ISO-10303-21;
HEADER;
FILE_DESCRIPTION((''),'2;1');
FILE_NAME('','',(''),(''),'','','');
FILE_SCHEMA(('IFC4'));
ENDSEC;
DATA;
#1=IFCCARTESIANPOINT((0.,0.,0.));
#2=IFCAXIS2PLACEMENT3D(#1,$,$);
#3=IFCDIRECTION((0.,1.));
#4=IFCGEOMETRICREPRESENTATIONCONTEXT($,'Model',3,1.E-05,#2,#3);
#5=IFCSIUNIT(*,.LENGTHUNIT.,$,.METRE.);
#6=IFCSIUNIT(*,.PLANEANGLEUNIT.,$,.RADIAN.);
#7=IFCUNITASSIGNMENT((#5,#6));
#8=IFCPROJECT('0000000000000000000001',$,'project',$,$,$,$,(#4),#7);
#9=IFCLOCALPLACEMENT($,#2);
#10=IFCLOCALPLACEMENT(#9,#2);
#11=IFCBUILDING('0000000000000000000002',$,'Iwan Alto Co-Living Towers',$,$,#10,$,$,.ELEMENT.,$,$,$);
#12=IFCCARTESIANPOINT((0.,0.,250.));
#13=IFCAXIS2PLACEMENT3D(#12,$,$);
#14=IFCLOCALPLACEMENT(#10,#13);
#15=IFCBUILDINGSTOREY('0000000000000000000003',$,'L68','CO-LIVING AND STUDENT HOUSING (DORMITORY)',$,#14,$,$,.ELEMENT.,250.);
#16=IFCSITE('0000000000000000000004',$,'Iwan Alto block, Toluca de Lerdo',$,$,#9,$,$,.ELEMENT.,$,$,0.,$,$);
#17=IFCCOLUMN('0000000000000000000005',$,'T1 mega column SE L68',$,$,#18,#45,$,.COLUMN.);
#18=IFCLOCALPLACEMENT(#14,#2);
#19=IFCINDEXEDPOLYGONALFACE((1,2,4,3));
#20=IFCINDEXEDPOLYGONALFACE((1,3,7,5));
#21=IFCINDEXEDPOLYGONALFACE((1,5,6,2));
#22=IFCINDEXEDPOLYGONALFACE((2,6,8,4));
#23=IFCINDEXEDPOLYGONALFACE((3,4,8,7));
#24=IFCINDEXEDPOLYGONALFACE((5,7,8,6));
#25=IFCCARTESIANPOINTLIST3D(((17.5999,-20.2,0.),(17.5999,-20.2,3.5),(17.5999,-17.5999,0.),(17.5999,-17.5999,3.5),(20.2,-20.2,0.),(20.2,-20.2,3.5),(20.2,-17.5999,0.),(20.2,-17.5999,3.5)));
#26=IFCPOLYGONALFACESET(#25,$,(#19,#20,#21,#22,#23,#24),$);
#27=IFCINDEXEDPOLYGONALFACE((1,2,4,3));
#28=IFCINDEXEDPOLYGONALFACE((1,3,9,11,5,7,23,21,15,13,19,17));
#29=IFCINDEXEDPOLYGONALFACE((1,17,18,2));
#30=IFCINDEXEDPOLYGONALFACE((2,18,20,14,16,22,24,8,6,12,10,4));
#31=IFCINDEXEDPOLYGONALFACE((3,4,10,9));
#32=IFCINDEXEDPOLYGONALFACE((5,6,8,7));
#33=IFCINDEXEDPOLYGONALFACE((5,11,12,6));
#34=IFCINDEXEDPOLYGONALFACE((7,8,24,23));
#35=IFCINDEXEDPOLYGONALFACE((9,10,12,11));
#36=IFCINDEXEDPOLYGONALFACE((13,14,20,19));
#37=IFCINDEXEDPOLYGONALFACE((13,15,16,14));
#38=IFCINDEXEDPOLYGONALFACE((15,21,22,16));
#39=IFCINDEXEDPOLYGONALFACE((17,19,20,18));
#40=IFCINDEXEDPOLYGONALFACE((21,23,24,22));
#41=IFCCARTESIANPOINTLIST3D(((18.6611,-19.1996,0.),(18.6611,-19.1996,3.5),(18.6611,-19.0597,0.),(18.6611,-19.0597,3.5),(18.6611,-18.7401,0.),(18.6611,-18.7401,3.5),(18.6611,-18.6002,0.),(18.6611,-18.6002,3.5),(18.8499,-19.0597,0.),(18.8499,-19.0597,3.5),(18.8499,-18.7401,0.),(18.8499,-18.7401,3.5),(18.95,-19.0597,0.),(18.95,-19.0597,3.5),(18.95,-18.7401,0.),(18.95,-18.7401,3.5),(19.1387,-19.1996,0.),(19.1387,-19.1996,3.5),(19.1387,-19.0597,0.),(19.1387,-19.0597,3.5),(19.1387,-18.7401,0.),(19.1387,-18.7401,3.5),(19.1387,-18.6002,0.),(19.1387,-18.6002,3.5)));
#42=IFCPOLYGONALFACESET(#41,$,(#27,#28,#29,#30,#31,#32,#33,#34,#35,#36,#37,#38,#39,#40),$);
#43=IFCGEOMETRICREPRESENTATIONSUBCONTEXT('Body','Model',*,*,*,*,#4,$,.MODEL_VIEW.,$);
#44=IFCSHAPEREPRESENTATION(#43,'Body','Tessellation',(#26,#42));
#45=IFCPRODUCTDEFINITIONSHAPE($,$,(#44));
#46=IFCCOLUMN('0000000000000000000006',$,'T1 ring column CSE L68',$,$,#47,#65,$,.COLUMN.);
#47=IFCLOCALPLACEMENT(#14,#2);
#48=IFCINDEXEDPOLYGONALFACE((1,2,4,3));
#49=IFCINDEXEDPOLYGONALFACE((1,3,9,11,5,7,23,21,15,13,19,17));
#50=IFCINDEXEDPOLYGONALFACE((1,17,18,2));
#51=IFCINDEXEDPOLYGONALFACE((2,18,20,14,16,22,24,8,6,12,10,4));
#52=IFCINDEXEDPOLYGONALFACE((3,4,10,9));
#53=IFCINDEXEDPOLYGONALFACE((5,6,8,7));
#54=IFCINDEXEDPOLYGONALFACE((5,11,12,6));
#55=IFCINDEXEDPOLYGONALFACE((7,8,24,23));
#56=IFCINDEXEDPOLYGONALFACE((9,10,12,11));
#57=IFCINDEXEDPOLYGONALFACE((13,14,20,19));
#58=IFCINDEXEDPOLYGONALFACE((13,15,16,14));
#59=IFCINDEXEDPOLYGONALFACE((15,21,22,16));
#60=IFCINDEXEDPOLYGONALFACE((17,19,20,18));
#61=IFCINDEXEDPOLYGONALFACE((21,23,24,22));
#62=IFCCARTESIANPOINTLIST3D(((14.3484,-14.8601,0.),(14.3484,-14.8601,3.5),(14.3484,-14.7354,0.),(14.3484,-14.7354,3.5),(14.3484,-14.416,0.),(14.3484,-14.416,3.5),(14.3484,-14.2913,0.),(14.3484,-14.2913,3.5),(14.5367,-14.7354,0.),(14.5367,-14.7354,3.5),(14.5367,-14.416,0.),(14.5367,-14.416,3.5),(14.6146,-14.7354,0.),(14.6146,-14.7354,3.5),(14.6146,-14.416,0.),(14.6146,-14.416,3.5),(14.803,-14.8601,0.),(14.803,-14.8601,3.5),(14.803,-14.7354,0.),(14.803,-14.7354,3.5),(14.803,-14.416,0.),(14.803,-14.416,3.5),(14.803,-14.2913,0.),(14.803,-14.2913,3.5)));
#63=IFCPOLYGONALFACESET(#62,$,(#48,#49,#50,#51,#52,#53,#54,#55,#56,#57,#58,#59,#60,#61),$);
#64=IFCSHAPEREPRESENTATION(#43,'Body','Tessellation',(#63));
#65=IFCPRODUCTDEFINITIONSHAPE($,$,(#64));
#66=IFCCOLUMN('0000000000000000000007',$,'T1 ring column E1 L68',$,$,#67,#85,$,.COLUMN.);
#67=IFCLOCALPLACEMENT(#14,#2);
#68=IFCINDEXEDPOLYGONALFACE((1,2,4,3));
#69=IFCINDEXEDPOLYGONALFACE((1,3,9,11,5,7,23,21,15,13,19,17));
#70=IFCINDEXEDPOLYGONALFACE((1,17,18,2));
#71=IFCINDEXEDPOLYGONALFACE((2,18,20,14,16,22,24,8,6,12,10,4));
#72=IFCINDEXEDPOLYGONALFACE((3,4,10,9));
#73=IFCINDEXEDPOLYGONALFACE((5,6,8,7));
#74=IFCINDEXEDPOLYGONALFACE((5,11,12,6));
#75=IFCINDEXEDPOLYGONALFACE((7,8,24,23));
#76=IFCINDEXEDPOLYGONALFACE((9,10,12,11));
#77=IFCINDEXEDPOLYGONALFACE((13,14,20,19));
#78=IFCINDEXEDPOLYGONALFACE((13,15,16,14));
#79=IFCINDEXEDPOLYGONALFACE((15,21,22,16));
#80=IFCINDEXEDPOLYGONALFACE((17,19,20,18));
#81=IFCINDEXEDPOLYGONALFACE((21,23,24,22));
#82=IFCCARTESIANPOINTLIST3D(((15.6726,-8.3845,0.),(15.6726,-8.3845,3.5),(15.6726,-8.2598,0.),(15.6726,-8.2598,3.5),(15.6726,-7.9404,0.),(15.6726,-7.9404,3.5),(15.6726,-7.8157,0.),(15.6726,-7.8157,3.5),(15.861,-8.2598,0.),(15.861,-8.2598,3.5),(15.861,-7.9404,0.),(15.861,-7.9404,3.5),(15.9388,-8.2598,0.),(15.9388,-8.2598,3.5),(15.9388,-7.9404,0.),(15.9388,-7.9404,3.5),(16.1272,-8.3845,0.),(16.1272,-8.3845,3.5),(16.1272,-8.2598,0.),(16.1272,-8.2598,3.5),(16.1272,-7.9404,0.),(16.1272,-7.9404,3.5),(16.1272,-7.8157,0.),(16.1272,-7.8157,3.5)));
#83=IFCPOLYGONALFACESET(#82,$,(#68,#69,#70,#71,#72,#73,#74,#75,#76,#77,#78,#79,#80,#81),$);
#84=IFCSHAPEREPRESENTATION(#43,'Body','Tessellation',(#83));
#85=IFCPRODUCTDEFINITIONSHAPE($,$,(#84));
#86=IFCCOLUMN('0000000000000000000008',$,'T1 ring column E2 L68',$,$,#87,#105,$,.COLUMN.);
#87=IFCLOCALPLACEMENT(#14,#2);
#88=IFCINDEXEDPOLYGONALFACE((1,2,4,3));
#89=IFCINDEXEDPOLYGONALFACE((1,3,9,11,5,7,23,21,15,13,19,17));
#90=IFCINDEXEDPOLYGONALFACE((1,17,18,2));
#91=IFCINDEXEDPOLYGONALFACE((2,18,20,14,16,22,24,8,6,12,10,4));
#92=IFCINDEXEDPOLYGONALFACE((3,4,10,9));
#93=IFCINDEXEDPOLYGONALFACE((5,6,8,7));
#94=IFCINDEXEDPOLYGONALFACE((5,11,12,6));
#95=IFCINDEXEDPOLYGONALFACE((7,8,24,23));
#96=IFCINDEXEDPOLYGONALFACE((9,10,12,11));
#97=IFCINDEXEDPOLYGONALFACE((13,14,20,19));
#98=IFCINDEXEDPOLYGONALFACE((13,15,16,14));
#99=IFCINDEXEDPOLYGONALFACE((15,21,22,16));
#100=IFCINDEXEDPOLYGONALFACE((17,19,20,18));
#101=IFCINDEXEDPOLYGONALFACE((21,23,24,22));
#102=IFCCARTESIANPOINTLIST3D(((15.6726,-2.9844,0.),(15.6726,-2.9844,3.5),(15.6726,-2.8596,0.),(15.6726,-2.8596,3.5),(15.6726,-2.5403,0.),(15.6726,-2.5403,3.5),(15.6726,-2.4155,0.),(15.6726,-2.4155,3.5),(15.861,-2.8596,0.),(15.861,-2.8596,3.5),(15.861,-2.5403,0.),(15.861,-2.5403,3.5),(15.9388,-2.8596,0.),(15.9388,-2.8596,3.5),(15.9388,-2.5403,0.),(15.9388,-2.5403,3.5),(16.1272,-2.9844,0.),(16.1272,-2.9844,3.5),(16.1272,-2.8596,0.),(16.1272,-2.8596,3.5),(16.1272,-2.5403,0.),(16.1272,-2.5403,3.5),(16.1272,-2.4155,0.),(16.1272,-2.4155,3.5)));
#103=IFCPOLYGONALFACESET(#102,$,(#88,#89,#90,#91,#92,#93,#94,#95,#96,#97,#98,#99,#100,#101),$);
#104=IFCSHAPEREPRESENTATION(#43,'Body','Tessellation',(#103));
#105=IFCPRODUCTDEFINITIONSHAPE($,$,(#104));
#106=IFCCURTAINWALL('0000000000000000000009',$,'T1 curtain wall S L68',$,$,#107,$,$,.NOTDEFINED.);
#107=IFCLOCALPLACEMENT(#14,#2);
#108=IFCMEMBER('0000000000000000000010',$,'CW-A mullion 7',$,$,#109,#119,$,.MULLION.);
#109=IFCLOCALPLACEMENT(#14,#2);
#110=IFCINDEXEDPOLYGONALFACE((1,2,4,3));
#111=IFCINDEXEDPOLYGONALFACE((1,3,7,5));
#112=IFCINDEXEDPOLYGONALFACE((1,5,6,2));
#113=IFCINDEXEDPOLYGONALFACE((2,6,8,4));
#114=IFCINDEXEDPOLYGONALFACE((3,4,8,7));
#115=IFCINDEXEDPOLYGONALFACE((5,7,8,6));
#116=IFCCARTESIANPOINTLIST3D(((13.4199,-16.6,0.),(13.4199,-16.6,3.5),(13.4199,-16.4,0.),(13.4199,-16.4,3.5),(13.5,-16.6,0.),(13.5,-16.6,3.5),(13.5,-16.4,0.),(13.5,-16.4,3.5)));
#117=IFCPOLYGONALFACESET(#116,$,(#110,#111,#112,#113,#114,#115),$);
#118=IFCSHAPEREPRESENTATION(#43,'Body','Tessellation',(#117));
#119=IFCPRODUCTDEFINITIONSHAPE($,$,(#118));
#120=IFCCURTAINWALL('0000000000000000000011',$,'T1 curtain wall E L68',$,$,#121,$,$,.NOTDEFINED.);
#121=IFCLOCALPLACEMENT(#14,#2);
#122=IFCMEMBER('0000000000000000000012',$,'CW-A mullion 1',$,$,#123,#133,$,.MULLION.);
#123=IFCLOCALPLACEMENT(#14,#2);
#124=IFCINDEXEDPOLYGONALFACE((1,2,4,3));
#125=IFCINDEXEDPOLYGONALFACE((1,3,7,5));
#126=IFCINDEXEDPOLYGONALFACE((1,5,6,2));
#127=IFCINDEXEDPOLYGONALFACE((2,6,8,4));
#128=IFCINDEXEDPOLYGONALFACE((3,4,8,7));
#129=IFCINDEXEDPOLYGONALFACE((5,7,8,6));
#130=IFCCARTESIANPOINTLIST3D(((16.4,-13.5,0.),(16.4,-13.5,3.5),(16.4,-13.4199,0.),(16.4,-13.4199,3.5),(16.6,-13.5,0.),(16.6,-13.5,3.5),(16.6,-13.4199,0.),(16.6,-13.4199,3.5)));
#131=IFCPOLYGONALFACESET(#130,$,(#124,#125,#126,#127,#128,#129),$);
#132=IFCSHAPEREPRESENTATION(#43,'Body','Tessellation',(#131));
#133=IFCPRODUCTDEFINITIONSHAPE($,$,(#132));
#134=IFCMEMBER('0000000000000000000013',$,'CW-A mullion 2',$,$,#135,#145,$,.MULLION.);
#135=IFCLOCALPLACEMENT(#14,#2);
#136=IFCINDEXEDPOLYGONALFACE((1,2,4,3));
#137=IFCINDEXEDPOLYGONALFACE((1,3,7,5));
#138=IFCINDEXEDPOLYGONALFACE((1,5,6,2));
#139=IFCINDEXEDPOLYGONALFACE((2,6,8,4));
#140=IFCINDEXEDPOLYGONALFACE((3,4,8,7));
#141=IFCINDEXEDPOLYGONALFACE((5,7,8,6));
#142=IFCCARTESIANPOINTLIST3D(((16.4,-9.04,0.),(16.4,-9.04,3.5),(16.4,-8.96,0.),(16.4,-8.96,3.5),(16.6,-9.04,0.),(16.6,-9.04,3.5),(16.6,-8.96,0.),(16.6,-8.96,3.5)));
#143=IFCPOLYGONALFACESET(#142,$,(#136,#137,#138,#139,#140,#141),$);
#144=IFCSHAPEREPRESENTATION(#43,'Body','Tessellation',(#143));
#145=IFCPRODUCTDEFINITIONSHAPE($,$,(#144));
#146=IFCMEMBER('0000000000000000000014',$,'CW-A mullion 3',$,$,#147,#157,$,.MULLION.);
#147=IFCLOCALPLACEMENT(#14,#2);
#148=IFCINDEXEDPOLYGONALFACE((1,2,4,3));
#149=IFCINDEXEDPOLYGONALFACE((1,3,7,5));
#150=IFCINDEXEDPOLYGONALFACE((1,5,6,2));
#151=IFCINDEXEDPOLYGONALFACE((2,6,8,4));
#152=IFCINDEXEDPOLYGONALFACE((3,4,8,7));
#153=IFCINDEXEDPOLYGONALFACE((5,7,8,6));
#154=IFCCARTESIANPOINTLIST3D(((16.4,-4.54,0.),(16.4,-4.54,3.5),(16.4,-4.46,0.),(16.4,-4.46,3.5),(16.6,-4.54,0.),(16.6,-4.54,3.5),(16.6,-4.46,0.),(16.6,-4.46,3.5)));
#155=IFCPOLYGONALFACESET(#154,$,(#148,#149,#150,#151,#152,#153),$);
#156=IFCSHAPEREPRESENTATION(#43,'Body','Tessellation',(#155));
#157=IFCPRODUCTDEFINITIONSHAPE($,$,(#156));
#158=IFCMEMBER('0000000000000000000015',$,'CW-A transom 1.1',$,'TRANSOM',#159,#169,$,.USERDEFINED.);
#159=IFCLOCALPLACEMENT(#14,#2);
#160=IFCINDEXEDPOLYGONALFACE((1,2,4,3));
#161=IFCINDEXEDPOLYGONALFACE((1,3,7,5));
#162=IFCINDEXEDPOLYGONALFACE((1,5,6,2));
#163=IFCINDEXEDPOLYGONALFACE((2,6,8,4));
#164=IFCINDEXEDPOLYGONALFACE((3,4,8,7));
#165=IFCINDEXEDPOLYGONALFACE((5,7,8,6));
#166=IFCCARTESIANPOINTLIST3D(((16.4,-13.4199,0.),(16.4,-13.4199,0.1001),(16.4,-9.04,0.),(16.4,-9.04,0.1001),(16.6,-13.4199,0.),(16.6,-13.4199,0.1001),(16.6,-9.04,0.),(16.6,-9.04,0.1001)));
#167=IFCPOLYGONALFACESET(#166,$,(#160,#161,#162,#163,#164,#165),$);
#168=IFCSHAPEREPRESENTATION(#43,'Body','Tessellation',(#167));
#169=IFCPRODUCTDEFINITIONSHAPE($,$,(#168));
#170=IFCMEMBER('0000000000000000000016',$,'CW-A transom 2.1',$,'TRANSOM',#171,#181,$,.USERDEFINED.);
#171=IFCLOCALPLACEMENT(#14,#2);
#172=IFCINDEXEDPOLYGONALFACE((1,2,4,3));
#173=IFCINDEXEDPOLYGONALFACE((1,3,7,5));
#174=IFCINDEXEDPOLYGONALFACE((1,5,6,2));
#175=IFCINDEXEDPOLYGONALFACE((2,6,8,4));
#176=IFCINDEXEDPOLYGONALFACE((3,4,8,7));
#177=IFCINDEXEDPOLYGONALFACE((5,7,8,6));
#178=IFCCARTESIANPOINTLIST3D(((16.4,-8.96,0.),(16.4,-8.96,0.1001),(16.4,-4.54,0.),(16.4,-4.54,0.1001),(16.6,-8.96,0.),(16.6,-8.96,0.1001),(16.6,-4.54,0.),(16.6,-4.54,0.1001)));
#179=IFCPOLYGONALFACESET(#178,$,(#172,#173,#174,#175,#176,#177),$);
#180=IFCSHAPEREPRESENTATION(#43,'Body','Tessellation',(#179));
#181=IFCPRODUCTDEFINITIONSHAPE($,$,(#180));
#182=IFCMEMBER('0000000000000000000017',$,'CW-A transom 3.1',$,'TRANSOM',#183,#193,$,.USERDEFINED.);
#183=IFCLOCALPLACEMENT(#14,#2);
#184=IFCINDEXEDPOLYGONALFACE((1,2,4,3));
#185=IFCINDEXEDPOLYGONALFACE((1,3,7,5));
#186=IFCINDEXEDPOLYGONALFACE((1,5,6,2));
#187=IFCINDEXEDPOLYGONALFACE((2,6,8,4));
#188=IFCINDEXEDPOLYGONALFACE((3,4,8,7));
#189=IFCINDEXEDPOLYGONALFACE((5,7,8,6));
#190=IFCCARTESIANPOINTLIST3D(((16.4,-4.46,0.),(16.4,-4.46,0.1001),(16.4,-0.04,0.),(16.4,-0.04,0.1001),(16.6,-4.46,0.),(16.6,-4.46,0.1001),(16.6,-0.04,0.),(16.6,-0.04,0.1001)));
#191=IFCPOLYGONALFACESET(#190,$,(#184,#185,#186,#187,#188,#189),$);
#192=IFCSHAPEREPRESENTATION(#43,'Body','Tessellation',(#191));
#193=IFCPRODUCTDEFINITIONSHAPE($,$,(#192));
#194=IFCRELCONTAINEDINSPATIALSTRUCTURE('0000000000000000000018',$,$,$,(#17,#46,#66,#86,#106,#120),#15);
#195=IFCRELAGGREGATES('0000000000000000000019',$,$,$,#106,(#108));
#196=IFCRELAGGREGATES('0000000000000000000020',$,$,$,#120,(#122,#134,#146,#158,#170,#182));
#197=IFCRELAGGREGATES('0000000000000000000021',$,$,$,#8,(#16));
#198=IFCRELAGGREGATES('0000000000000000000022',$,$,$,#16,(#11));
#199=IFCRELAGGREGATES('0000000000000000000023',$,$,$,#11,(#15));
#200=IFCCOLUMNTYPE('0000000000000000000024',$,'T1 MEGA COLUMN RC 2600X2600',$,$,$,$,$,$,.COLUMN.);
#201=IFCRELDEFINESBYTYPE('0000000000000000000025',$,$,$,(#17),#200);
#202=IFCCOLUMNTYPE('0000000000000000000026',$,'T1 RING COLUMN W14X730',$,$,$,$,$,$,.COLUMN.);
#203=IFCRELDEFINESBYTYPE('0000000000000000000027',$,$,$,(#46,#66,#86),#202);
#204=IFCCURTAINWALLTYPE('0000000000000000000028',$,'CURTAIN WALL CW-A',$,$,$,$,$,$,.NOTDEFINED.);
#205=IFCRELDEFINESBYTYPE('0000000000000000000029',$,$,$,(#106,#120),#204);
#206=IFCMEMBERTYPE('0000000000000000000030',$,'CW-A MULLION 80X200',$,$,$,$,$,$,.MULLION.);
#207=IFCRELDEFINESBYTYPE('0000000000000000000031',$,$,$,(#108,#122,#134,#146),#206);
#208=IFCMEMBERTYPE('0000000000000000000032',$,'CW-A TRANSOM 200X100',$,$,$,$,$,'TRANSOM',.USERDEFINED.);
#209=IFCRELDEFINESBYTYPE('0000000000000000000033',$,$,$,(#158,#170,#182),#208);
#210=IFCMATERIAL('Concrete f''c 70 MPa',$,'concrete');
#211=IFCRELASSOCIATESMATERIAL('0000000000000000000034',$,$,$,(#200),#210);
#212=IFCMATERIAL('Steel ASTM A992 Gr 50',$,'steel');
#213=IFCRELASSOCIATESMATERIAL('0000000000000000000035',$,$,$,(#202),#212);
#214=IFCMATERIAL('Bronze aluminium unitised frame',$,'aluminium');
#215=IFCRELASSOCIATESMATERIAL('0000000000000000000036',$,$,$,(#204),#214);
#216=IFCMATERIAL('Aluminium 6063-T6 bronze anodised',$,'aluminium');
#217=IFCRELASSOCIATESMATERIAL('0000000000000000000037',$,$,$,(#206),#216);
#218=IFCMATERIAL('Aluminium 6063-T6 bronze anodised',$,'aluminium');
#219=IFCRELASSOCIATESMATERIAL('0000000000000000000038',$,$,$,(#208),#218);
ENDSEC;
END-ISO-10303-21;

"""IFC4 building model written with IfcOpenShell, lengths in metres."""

from ifc_helpers import new_model, si_unit, direction, frame, origin, origin_2d, place, context, subcontext, project, spatial, rectangle, i_section, extrude, material, material_profile, profile_set, type_object, element, aggregate, save


model = new_model("IFC4")

# Units and contexts
model_context = context("Model", 3, precision=1e-05, world=origin(), true_north=direction((0.0, 1.0)))
body_context = subcontext(model_context, "Body", "Model", "MODEL_VIEW")
ifc_project = project(units=[si_unit("LENGTHUNIT", "METRE"), si_unit("PLANEANGLEUNIT", "RADIAN")], contexts=[model_context])

# Site, building, storey
site_placement = place(None, origin())
site = spatial("IfcSite", under=ifc_project, at=site_placement, Name="Iwan Alto block, Toluca de Lerdo", CompositionType="ELEMENT", RefElevation=0.0)
building_placement = place(site_placement, origin())
building = spatial("IfcBuilding", under=site, at=building_placement, Name="Iwan Alto Co-Living Towers", CompositionType="ELEMENT")
storey_placement = place(building_placement, frame((0.0, 0.0, 250.0)))
storey = spatial("IfcBuildingStorey", under=building, at=storey_placement, Name="L68", Description="CO-LIVING AND STUDENT HOUSING (DORMITORY)", CompositionType="ELEMENT", Elevation=250.0)

# Columns
ifc_material_1 = material(Name="Concrete f'c 70 MPa", Category="concrete")
ifc_material_profile_1 = material_profile(ifc_material_1, rectangle(XDim=2.6001, YDim=2.6001, at=origin_2d()), Name="RC 2600X2600")
ifc_profile_set_1 = profile_set([ifc_material_profile_1], Name="Concrete f'c 70 MPa")
column_type_1 = type_object("IfcColumnType", Name="T1 MEGA COLUMN RC 2600X2600", PredefinedType="COLUMN", material=ifc_profile_set_1)
column_placement = place(storey_placement, frame((18.8999, -18.8999, 0.0), z_axis=(0.0, 0.0, 1.0), x_axis=(1.0, 0.0, 0.0)))
element("IfcColumn", 1, at=column_placement, inside=storey, type_object=column_type_1, Name="T1 mega column SE L68", PredefinedType="COLUMN", context=body_context, shape_type="SweptSolid", body=[
    extrude(rectangle(XDim=2.6001, YDim=2.6001, at=origin_2d()), origin(), (0.0, 0.0, 1.0), 3.5),
    extrude(i_section(OverallWidth=0.4775, OverallDepth=0.5994, WebThickness=0.1001, FlangeThickness=0.1399, at=origin_2d()), origin(), (0.0, 0.0, 1.0), 3.5),
])
ifc_material_2 = material(Name="Steel ASTM A992 Gr 50", Category="steel")
ifc_material_profile_2 = material_profile(ifc_material_2, i_section(OverallWidth=0.4546, OverallDepth=0.5688, WebThickness=0.0779, FlangeThickness=0.1248, at=origin_2d()), Name="W14X730")
ifc_profile_set_2 = profile_set([ifc_material_profile_2], Name="Steel ASTM A992 Gr 50")
column_type_2 = type_object("IfcColumnType", Name="T1 RING COLUMN W14X730", PredefinedType="COLUMN", material=ifc_profile_set_2)
for number, where, z_axis, x_axis, name in (
    (2, (14.5757, -14.5757, 0.0), (0.0, 0.0, 1.0), (1.0, 0.0, 0.0), "T1 ring column CSE L68"),
    (3, (15.8999, -8.1001, 0.0), (0.0, 0.0, 1.0), (1.0, 0.0, 0.0), "T1 ring column E1 L68"),
    (4, (15.8999, -2.7, 0.0), (0.0, 0.0, 1.0), (1.0, 0.0, 0.0), "T1 ring column E2 L68"),
):
    element("IfcColumn", number, at=place(storey_placement, frame(where, z_axis=z_axis, x_axis=x_axis)), inside=storey, type_object=column_type_2, Name=name, PredefinedType="COLUMN", context=body_context, shape_type="SweptSolid", body=[
        extrude(i_section(OverallWidth=0.4546, OverallDepth=0.5688, WebThickness=0.0779, FlangeThickness=0.1248, at=origin_2d()), origin(), (0.0, 0.0, 1.0), 3.5),
    ])

# Curtain wall, member
ifc_material_3 = material(Name="Bronze aluminium unitised frame", Category="aluminium")
curtain_wall_type_1 = type_object("IfcCurtainWallType", Name="CURTAIN WALL CW-A", PredefinedType="NOTDEFINED", material=ifc_material_3)
curtain_wall_1_placement = place(storey_placement, origin())
curtain_wall_1 = element("IfcCurtainWall", 5, at=curtain_wall_1_placement, inside=storey, type_object=curtain_wall_type_1, Name="T1 curtain wall S L68", PredefinedType="NOTDEFINED")
ifc_material_4 = material(Name="Aluminium 6063-T6 bronze anodised", Category="aluminium")
ifc_material_profile_3 = material_profile(ifc_material_4, rectangle(XDim=0.2, YDim=0.0801, at=origin_2d()), Name="AL 80X200")
ifc_profile_set_3 = profile_set([ifc_material_profile_3], Name="Aluminium 6063-T6 bronze anodised")
member_type_1 = type_object("IfcMemberType", Name="CW-A MULLION 80X200", PredefinedType="MULLION", material=ifc_profile_set_3)
member_1_placement = place(storey_placement, frame((13.46, -16.5, 0.0), z_axis=(0.0, 0.0, 1.0), x_axis=(0.0, 1.0, 0.0)))
member_1 = element("IfcMember", 6, at=member_1_placement, type_object=member_type_1, Name="CW-A mullion 7", PredefinedType="MULLION", context=body_context, shape_type="SweptSolid", body=[
    extrude(rectangle(XDim=0.2, YDim=0.0801, at=origin_2d()), origin(), (0.0, 0.0, 1.0), 3.5),
])
aggregate(curtain_wall_1, [member_1])

# Curtain wall, members
curtain_wall_2_placement = place(storey_placement, origin())
curtain_wall_2 = element("IfcCurtainWall", 7, at=curtain_wall_2_placement, inside=storey, type_object=curtain_wall_type_1, Name="T1 curtain wall E L68", PredefinedType="NOTDEFINED")
member_2_placement = place(storey_placement, frame((16.5, -13.46, 0.0), z_axis=(0.0, 0.0, 1.0), x_axis=(-1.0, 0.0, 0.0)))
member_2 = element("IfcMember", 8, at=member_2_placement, type_object=member_type_1, Name="CW-A mullion 1", PredefinedType="MULLION", context=body_context, shape_type="SweptSolid", body=[
    extrude(rectangle(XDim=0.2, YDim=0.0801, at=origin_2d()), origin(), (0.0, 0.0, 1.0), 3.5),
])
member_3_placement = place(storey_placement, frame((16.5, -9.0, 0.0), z_axis=(0.0, 0.0, 1.0), x_axis=(-1.0, 0.0, 0.0)))
member_3 = element("IfcMember", 9, at=member_3_placement, type_object=member_type_1, Name="CW-A mullion 2", PredefinedType="MULLION", context=body_context, shape_type="SweptSolid", body=[
    extrude(rectangle(XDim=0.2, YDim=0.0801, at=origin_2d()), origin(), (0.0, 0.0, 1.0), 3.5),
])
member_4_placement = place(storey_placement, frame((16.5, -4.5, 0.0), z_axis=(0.0, 0.0, 1.0), x_axis=(-1.0, 0.0, 0.0)))
member_4 = element("IfcMember", 10, at=member_4_placement, type_object=member_type_1, Name="CW-A mullion 3", PredefinedType="MULLION", context=body_context, shape_type="SweptSolid", body=[
    extrude(rectangle(XDim=0.2, YDim=0.0801, at=origin_2d()), origin(), (0.0, 0.0, 1.0), 3.5),
])
ifc_material_5 = material(Name="Aluminium 6063-T6 bronze anodised", Category="aluminium")
ifc_material_profile_4 = material_profile(ifc_material_5, rectangle(XDim=0.2, YDim=0.1001, at=origin_2d()), Name="AL 200X100")
ifc_profile_set_4 = profile_set([ifc_material_profile_4], Name="Aluminium 6063-T6 bronze anodised")
member_type_2 = type_object("IfcMemberType", Name="CW-A TRANSOM 200X100", ElementType="TRANSOM", PredefinedType="USERDEFINED", material=ifc_profile_set_4)
member_5_placement = place(storey_placement, frame((16.5, -13.4199, 0.05), z_axis=(0.0, 1.0, 0.0), x_axis=(-1.0, 0.0, 0.0)))
member_5 = element("IfcMember", 11, at=member_5_placement, type_object=member_type_2, Name="CW-A transom 1.1", ObjectType="TRANSOM", PredefinedType="USERDEFINED", context=body_context, shape_type="SweptSolid", body=[
    extrude(rectangle(XDim=0.2, YDim=0.1001, at=origin_2d()), origin(), (0.0, 0.0, 1.0), 4.3799),
])
member_6_placement = place(storey_placement, frame((16.5, -8.96, 0.05), z_axis=(0.0, 1.0, 0.0), x_axis=(-1.0, 0.0, 0.0)))
member_6 = element("IfcMember", 12, at=member_6_placement, type_object=member_type_2, Name="CW-A transom 2.1", ObjectType="TRANSOM", PredefinedType="USERDEFINED", context=body_context, shape_type="SweptSolid", body=[
    extrude(rectangle(XDim=0.2, YDim=0.1001, at=origin_2d()), origin(), (0.0, 0.0, 1.0), 4.4199),
])
member_7_placement = place(storey_placement, frame((16.5, -4.46, 0.05), z_axis=(0.0, 1.0, 0.0), x_axis=(-1.0, 0.0, 0.0)))
member_7 = element("IfcMember", 13, at=member_7_placement, type_object=member_type_2, Name="CW-A transom 3.1", ObjectType="TRANSOM", PredefinedType="USERDEFINED", context=body_context, shape_type="SweptSolid", body=[
    extrude(rectangle(XDim=0.2, YDim=0.1001, at=origin_2d()), origin(), (0.0, 0.0, 1.0), 4.4199),
])

aggregate(curtain_wall_2, [member_2, member_3, member_4, member_5, member_6, member_7])

save(model, "model.ifc")
